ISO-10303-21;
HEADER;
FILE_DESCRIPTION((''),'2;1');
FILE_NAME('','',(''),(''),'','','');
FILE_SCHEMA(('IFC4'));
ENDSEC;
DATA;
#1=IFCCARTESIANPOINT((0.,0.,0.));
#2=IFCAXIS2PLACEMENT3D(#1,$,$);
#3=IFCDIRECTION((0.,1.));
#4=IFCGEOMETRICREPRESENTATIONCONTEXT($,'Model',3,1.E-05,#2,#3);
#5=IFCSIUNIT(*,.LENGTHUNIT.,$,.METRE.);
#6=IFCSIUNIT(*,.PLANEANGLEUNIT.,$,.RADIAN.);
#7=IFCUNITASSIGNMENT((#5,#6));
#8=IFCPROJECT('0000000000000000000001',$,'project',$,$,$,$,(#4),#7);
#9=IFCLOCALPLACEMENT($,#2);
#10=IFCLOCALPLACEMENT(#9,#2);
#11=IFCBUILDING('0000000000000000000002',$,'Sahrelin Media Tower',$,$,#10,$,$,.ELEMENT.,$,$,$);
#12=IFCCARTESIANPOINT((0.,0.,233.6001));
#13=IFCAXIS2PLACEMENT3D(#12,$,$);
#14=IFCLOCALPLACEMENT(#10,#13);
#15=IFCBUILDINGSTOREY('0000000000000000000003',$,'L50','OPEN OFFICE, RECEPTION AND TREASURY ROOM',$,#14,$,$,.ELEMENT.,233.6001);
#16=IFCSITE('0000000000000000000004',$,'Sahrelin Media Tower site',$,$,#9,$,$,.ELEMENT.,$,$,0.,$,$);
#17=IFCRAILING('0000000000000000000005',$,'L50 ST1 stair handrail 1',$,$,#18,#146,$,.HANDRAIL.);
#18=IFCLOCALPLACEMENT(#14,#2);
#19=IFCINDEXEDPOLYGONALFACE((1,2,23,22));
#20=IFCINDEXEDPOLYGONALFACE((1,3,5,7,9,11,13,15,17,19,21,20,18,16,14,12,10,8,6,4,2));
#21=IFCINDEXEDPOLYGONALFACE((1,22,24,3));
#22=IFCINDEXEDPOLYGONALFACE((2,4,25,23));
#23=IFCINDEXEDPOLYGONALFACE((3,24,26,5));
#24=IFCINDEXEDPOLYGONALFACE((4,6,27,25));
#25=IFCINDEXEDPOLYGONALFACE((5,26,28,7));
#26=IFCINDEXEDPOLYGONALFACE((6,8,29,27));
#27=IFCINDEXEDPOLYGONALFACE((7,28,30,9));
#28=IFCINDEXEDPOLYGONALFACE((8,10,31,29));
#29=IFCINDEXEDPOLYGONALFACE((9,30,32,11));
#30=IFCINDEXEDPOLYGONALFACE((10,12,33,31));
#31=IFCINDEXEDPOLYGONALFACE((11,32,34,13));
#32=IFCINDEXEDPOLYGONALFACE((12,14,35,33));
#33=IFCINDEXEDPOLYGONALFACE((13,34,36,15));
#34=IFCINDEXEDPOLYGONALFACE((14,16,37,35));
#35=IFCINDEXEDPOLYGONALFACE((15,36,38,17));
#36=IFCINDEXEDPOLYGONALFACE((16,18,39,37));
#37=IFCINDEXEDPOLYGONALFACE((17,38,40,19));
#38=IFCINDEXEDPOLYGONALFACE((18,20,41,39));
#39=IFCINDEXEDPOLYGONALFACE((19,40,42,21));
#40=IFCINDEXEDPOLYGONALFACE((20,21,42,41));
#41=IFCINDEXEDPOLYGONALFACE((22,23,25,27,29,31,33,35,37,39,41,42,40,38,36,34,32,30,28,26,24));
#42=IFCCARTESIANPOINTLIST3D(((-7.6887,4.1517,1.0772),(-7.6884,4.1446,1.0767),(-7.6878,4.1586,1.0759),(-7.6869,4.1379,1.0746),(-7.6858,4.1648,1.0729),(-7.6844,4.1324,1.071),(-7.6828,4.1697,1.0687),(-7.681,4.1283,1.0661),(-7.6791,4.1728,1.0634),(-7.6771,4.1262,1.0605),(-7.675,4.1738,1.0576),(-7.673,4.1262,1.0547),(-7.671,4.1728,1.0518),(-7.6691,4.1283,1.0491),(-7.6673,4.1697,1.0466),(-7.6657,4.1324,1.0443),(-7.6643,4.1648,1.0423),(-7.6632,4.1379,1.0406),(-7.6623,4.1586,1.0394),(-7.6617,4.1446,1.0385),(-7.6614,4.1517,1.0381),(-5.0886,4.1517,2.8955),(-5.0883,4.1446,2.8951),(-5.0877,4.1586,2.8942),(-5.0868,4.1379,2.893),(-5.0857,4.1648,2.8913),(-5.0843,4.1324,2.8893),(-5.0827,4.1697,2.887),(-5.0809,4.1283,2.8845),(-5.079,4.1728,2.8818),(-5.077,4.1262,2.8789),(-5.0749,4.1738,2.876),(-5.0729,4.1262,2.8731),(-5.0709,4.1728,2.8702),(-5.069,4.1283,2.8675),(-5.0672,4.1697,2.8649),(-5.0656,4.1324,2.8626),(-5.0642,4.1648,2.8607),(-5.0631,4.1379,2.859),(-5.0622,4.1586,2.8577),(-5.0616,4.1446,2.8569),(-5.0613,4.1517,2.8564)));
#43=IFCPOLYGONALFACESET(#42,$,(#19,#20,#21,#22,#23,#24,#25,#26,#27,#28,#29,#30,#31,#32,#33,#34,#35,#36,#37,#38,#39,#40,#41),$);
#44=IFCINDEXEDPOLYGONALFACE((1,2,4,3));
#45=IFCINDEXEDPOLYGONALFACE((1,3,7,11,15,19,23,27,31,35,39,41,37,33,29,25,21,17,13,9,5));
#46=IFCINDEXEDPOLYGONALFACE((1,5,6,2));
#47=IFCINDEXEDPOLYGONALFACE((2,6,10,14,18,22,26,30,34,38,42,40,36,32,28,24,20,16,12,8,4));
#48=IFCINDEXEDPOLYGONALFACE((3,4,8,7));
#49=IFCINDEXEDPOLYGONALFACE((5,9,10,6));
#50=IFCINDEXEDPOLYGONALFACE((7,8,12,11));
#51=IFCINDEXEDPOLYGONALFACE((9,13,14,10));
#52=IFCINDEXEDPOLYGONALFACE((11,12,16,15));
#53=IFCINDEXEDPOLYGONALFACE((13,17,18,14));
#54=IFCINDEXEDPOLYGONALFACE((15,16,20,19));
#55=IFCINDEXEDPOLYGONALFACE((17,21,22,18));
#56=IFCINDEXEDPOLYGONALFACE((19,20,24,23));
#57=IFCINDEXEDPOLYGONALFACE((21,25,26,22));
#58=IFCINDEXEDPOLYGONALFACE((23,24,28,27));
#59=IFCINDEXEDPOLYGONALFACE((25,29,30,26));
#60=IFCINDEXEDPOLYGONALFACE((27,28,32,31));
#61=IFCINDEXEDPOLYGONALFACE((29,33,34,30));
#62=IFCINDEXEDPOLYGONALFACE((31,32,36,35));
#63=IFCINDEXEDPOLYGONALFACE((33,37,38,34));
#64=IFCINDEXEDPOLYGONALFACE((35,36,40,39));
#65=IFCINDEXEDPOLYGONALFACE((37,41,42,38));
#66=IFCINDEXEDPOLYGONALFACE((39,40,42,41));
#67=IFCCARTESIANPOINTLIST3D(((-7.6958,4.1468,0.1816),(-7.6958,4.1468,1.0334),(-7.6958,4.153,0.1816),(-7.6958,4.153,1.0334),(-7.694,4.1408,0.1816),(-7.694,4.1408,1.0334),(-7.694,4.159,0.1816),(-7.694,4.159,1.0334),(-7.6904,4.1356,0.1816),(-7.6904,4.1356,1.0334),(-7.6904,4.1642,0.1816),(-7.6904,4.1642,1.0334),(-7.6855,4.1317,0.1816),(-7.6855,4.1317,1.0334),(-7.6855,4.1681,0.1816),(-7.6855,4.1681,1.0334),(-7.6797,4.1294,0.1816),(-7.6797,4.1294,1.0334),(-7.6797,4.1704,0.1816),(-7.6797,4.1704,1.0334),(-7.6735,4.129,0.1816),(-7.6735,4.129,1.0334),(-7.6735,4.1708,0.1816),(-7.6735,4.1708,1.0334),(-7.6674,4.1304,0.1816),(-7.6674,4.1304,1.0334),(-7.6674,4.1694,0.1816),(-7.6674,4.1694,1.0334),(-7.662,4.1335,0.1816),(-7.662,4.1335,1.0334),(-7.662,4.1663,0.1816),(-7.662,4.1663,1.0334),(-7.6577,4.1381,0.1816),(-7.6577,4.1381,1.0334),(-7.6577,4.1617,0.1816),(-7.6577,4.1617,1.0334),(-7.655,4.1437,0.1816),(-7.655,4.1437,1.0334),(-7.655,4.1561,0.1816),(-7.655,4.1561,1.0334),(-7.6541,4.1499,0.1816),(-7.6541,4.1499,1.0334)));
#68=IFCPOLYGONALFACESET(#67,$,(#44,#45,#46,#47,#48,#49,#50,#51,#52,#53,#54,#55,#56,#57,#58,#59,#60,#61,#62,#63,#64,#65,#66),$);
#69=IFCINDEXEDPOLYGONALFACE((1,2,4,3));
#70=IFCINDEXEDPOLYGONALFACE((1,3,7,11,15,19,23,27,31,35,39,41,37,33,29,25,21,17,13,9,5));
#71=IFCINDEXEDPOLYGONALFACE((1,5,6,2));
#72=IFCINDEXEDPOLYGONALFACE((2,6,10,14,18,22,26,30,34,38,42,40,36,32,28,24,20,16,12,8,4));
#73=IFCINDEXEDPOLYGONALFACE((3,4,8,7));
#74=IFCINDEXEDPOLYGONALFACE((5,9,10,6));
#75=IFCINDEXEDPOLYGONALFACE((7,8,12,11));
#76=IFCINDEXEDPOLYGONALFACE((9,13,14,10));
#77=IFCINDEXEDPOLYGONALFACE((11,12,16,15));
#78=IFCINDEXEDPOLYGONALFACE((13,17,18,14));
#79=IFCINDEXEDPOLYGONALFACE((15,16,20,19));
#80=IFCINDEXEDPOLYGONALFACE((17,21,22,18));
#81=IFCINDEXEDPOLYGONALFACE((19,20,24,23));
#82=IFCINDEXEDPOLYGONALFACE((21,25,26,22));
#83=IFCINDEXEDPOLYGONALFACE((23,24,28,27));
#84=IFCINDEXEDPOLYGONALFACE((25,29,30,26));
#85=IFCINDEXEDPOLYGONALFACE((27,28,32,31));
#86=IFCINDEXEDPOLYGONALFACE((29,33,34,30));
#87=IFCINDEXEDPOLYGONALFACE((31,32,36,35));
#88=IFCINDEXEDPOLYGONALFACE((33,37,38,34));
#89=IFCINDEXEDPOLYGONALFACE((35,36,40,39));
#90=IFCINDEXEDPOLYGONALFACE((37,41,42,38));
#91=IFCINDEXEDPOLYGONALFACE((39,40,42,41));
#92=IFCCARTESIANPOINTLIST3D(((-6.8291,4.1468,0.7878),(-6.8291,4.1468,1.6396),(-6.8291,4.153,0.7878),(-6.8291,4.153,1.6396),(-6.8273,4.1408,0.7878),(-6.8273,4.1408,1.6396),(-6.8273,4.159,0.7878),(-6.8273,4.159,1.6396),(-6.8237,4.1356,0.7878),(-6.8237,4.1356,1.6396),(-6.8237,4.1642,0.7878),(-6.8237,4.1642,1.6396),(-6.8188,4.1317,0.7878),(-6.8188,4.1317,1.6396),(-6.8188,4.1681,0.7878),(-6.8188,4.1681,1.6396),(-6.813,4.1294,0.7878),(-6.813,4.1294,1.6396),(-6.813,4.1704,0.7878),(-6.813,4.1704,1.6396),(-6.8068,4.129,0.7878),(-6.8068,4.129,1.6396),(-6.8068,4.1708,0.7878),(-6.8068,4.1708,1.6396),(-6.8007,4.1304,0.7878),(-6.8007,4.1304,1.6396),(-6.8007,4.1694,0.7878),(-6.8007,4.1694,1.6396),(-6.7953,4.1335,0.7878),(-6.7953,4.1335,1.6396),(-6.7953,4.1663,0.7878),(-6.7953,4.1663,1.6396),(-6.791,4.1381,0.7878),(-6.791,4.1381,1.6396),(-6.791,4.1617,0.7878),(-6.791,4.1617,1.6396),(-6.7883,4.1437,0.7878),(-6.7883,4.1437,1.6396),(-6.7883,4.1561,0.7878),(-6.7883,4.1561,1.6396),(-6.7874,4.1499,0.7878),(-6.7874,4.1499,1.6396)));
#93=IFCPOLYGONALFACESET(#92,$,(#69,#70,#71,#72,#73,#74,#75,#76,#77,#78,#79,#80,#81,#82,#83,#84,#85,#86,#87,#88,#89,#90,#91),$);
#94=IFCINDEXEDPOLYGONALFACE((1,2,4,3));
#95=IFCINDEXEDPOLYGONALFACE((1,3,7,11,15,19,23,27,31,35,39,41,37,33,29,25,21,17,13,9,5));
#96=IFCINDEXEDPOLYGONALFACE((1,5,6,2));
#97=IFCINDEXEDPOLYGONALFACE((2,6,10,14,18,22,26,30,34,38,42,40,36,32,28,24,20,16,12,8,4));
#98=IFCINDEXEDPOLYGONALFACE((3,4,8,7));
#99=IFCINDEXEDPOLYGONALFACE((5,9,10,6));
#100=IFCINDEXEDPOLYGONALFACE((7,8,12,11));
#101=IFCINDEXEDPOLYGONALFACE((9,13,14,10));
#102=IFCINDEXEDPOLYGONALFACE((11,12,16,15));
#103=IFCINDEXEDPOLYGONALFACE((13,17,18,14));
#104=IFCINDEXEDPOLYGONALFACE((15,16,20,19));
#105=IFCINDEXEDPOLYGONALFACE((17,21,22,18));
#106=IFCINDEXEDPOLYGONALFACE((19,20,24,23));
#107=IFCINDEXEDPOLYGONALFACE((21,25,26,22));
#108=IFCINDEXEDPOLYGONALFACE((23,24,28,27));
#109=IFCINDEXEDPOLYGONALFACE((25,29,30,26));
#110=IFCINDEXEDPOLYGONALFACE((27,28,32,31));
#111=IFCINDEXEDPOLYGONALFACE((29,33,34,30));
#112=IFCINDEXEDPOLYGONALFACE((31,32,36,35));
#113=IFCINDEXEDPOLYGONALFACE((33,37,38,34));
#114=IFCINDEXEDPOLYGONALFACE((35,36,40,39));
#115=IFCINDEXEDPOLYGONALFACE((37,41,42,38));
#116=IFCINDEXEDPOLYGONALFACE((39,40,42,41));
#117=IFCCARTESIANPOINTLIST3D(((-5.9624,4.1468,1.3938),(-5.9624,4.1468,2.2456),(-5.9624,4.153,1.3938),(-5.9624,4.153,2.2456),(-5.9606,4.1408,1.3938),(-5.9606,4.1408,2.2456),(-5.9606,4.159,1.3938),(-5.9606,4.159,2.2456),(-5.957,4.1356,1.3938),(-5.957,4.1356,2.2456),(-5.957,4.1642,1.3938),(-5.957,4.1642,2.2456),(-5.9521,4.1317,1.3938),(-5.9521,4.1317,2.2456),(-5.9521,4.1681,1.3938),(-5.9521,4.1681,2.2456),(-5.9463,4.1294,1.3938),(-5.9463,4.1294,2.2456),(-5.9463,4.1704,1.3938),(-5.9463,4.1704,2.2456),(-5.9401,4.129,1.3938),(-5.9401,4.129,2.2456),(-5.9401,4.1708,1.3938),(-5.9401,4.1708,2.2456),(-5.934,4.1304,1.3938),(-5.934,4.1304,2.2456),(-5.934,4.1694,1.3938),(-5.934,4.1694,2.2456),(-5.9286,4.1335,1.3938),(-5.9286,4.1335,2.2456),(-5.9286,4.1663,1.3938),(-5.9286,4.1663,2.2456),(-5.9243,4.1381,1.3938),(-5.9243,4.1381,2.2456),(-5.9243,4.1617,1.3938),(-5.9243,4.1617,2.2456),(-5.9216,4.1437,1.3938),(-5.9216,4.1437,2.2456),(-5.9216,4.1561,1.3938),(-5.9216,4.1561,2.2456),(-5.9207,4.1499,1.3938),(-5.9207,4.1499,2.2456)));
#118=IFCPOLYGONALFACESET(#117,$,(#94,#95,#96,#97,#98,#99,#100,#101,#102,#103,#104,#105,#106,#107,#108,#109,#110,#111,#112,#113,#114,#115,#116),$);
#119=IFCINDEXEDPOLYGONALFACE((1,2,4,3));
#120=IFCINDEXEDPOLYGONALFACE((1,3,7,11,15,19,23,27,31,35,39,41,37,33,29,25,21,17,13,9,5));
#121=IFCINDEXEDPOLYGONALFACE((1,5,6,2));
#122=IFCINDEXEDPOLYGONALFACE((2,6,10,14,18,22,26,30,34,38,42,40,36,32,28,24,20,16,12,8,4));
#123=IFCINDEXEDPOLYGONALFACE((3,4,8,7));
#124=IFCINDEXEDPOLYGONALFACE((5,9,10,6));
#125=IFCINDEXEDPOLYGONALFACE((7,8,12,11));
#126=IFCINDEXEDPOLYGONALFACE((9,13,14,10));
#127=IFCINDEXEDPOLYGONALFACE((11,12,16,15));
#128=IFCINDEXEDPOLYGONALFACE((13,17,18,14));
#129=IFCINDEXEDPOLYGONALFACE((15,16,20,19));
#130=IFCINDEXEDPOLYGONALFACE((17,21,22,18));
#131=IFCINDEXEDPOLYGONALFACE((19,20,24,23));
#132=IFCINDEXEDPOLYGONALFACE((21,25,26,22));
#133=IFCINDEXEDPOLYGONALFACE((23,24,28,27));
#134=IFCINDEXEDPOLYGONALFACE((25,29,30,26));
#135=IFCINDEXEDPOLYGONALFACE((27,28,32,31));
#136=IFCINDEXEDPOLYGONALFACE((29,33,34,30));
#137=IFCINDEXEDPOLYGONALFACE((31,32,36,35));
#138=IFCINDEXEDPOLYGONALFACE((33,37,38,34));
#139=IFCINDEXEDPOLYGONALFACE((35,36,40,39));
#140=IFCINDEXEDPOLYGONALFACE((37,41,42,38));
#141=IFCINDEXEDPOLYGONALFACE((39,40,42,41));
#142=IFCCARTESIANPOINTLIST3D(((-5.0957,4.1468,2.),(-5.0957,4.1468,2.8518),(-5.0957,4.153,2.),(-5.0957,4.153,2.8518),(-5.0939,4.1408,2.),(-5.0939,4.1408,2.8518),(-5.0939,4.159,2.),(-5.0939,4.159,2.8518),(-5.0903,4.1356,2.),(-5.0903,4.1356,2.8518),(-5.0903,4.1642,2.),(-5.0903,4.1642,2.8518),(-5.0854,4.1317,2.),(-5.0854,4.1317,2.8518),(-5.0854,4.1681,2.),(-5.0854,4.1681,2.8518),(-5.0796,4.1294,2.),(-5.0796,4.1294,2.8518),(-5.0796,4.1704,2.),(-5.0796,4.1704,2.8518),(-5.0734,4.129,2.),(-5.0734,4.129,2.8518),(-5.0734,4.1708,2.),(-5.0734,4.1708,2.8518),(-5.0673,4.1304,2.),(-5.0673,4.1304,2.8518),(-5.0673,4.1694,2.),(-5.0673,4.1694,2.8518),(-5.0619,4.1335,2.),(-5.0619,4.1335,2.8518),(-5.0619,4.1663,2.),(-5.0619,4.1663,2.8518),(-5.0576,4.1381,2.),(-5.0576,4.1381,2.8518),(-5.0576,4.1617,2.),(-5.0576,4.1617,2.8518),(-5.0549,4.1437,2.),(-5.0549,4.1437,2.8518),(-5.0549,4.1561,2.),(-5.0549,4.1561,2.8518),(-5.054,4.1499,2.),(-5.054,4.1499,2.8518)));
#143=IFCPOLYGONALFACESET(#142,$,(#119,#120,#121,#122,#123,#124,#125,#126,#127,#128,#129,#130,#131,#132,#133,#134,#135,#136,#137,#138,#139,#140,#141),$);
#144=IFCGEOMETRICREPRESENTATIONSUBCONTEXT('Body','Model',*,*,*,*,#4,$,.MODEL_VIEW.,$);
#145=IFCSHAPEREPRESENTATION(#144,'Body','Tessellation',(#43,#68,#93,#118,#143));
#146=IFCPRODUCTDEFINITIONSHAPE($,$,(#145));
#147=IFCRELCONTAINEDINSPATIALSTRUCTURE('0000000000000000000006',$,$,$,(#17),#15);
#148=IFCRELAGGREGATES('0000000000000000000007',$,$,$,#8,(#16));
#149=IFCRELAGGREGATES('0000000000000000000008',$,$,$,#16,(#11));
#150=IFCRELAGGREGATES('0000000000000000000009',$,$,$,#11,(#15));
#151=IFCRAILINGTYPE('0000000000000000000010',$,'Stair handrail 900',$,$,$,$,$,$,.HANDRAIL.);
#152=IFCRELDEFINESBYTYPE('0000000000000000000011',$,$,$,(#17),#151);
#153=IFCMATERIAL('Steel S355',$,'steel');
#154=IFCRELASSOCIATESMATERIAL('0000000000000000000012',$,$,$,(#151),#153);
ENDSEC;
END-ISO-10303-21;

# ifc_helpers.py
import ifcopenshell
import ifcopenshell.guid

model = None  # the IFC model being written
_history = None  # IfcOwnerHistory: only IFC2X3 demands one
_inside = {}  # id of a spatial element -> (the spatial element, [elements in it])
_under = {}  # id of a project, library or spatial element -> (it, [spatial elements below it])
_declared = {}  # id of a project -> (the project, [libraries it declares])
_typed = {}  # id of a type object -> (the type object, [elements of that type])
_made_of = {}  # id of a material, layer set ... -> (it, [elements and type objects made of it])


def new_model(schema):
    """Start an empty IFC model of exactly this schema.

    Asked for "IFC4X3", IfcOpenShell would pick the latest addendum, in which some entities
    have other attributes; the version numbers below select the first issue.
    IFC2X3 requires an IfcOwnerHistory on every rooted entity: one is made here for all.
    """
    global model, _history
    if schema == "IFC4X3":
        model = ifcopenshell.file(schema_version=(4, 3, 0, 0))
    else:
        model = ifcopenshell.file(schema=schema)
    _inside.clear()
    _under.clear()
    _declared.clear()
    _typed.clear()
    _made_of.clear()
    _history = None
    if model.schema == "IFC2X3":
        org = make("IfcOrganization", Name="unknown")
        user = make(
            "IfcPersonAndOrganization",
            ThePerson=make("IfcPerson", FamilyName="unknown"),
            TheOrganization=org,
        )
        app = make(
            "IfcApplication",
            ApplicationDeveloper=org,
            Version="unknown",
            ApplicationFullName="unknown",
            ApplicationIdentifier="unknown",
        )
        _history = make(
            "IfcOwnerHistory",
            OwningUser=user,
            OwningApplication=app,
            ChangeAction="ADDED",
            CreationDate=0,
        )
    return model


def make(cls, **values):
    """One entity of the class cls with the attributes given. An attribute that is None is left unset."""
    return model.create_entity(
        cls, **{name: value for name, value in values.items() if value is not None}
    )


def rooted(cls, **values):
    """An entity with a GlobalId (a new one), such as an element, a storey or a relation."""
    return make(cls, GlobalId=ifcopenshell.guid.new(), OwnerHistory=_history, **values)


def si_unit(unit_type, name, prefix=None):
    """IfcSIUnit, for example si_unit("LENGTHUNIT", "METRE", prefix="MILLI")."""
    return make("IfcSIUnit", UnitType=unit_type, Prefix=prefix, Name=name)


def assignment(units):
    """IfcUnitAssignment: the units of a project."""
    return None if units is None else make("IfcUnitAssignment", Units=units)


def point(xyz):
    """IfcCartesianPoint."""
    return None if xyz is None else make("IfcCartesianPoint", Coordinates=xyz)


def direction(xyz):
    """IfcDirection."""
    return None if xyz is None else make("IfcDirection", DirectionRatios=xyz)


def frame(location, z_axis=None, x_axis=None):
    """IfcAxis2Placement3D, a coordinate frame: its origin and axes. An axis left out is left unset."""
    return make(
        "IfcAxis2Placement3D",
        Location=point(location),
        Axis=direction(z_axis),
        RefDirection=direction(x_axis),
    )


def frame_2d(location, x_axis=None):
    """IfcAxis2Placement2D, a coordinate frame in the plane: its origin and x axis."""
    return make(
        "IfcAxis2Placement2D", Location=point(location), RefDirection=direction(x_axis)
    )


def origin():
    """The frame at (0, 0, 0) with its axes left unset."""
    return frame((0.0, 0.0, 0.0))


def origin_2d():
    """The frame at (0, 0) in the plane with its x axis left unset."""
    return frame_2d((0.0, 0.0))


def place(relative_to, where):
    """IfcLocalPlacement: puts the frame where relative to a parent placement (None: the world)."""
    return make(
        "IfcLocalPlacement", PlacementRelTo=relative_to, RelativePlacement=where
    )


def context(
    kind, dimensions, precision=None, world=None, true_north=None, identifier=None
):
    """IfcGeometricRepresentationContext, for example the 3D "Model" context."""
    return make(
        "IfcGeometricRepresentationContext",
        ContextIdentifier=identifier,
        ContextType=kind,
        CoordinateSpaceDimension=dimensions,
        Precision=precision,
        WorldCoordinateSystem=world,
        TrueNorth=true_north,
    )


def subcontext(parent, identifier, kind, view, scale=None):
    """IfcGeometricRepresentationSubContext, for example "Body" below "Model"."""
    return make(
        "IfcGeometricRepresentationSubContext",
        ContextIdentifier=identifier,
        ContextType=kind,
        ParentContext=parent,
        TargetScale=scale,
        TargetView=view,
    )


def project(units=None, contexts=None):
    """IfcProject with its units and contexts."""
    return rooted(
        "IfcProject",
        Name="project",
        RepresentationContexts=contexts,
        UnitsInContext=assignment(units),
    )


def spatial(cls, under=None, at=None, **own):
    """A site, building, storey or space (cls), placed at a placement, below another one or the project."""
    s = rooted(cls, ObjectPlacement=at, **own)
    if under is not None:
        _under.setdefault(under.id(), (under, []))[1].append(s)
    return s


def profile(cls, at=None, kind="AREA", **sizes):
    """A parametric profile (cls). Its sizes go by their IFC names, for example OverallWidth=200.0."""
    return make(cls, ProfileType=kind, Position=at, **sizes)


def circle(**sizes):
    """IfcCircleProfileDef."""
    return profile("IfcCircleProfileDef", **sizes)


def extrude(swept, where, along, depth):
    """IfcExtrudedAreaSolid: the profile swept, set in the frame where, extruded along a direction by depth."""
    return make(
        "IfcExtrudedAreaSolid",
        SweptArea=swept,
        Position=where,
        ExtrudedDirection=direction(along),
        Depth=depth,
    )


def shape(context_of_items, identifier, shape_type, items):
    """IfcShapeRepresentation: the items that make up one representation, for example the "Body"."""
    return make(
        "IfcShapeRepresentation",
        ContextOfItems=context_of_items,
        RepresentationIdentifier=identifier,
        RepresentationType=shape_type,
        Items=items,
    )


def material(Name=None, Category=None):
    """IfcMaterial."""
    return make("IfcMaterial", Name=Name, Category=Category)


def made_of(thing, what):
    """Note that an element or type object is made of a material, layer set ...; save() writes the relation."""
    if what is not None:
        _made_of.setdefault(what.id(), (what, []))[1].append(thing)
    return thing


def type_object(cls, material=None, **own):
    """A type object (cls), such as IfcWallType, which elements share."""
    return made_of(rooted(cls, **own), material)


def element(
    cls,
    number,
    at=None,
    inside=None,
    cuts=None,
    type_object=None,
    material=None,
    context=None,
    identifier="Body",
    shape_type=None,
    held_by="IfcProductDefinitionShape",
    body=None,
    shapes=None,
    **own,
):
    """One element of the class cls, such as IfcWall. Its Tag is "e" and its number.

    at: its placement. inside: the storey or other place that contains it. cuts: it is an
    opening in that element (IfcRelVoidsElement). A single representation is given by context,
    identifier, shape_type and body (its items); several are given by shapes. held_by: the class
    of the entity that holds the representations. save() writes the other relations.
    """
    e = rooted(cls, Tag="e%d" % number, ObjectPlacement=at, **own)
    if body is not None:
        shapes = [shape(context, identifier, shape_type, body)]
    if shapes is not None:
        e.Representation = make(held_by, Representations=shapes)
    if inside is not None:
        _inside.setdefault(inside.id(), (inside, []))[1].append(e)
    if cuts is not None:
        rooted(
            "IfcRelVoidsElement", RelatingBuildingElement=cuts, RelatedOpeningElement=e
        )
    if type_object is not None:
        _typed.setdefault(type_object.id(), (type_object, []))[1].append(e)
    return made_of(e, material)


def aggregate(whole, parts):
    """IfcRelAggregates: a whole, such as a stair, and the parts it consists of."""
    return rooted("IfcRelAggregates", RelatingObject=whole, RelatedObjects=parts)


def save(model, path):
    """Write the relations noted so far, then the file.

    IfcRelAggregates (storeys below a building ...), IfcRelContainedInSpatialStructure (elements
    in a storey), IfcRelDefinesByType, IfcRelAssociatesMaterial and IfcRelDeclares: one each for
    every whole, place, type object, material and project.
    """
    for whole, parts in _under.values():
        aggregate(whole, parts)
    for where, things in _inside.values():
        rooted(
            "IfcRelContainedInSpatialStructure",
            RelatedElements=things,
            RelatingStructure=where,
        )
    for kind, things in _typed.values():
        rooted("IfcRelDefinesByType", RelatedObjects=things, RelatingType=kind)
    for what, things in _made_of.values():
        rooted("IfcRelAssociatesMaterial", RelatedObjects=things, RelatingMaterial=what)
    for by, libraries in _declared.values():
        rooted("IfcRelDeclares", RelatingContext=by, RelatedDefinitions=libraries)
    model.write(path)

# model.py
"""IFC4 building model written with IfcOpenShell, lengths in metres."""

from ifc_helpers import new_model, si_unit, direction, frame, origin, origin_2d, place, context, subcontext, project, spatial, circle, extrude, material, type_object, element, save


model = new_model("IFC4")

# Units and contexts
model_context = context("Model", 3, precision=1e-05, world=origin(), true_north=direction((0.0, 1.0)))
body_context = subcontext(model_context, "Body", "Model", "MODEL_VIEW")
ifc_project = project(units=[si_unit("LENGTHUNIT", "METRE"), si_unit("PLANEANGLEUNIT", "RADIAN")], contexts=[model_context])

# Site, building, storey
site_placement = place(None, origin())
site = spatial("IfcSite", under=ifc_project, at=site_placement, Name="Sahrelin Media Tower site", CompositionType="ELEMENT", RefElevation=0.0)
building_placement = place(site_placement, origin())
building = spatial("IfcBuilding", under=site, at=building_placement, Name="Sahrelin Media Tower", CompositionType="ELEMENT")
storey_placement = place(building_placement, frame((0.0, 0.0, 233.6001)))
storey = spatial("IfcBuildingStorey", under=building, at=storey_placement, Name="L50", Description="OPEN OFFICE, RECEPTION AND TREASURY ROOM", CompositionType="ELEMENT", Elevation=233.6001)

# Shared definitions
ifc_material_1 = material(Name="Steel S355", Category="steel")

# Railing
railing_type_1 = type_object("IfcRailingType", Name="Stair handrail 900", PredefinedType="HANDRAIL", material=ifc_material_1)
railing_1_placement = place(storey_placement, frame((-7.675, 4.1499, 0.1816)))
element("IfcRailing", 1, at=railing_1_placement, inside=storey, type_object=railing_type_1, Name="L50 ST1 stair handrail 1", PredefinedType="HANDRAIL", context=body_context, shape_type="SweptSolid", body=[
    extrude(circle(Radius=0.0239, at=origin_2d()), frame((0.0, 0.0, 0.876), z_axis=(0.819485, 0.0, 0.573101), x_axis=(0.0, 1.0, 0.0)), (0.0, 0.0, 1.0), 3.1729),
    extrude(circle(Radius=0.021, at=origin_2d()), origin(), (0.0, 0.0, 1.0), 0.8518),
    extrude(circle(Radius=0.021, at=origin_2d()), frame((0.8667, 0.0, 0.6062)), (0.0, 0.0, 1.0), 0.8518),
    extrude(circle(Radius=0.021, at=origin_2d()), frame((1.7334, 0.0, 1.2122)), (0.0, 0.0, 1.0), 0.8518),
    extrude(circle(Radius=0.021, at=origin_2d()), frame((2.6001, 0.0, 1.8184)), (0.0, 0.0, 1.0), 0.8518),
])

save(model, "model.ifc")
